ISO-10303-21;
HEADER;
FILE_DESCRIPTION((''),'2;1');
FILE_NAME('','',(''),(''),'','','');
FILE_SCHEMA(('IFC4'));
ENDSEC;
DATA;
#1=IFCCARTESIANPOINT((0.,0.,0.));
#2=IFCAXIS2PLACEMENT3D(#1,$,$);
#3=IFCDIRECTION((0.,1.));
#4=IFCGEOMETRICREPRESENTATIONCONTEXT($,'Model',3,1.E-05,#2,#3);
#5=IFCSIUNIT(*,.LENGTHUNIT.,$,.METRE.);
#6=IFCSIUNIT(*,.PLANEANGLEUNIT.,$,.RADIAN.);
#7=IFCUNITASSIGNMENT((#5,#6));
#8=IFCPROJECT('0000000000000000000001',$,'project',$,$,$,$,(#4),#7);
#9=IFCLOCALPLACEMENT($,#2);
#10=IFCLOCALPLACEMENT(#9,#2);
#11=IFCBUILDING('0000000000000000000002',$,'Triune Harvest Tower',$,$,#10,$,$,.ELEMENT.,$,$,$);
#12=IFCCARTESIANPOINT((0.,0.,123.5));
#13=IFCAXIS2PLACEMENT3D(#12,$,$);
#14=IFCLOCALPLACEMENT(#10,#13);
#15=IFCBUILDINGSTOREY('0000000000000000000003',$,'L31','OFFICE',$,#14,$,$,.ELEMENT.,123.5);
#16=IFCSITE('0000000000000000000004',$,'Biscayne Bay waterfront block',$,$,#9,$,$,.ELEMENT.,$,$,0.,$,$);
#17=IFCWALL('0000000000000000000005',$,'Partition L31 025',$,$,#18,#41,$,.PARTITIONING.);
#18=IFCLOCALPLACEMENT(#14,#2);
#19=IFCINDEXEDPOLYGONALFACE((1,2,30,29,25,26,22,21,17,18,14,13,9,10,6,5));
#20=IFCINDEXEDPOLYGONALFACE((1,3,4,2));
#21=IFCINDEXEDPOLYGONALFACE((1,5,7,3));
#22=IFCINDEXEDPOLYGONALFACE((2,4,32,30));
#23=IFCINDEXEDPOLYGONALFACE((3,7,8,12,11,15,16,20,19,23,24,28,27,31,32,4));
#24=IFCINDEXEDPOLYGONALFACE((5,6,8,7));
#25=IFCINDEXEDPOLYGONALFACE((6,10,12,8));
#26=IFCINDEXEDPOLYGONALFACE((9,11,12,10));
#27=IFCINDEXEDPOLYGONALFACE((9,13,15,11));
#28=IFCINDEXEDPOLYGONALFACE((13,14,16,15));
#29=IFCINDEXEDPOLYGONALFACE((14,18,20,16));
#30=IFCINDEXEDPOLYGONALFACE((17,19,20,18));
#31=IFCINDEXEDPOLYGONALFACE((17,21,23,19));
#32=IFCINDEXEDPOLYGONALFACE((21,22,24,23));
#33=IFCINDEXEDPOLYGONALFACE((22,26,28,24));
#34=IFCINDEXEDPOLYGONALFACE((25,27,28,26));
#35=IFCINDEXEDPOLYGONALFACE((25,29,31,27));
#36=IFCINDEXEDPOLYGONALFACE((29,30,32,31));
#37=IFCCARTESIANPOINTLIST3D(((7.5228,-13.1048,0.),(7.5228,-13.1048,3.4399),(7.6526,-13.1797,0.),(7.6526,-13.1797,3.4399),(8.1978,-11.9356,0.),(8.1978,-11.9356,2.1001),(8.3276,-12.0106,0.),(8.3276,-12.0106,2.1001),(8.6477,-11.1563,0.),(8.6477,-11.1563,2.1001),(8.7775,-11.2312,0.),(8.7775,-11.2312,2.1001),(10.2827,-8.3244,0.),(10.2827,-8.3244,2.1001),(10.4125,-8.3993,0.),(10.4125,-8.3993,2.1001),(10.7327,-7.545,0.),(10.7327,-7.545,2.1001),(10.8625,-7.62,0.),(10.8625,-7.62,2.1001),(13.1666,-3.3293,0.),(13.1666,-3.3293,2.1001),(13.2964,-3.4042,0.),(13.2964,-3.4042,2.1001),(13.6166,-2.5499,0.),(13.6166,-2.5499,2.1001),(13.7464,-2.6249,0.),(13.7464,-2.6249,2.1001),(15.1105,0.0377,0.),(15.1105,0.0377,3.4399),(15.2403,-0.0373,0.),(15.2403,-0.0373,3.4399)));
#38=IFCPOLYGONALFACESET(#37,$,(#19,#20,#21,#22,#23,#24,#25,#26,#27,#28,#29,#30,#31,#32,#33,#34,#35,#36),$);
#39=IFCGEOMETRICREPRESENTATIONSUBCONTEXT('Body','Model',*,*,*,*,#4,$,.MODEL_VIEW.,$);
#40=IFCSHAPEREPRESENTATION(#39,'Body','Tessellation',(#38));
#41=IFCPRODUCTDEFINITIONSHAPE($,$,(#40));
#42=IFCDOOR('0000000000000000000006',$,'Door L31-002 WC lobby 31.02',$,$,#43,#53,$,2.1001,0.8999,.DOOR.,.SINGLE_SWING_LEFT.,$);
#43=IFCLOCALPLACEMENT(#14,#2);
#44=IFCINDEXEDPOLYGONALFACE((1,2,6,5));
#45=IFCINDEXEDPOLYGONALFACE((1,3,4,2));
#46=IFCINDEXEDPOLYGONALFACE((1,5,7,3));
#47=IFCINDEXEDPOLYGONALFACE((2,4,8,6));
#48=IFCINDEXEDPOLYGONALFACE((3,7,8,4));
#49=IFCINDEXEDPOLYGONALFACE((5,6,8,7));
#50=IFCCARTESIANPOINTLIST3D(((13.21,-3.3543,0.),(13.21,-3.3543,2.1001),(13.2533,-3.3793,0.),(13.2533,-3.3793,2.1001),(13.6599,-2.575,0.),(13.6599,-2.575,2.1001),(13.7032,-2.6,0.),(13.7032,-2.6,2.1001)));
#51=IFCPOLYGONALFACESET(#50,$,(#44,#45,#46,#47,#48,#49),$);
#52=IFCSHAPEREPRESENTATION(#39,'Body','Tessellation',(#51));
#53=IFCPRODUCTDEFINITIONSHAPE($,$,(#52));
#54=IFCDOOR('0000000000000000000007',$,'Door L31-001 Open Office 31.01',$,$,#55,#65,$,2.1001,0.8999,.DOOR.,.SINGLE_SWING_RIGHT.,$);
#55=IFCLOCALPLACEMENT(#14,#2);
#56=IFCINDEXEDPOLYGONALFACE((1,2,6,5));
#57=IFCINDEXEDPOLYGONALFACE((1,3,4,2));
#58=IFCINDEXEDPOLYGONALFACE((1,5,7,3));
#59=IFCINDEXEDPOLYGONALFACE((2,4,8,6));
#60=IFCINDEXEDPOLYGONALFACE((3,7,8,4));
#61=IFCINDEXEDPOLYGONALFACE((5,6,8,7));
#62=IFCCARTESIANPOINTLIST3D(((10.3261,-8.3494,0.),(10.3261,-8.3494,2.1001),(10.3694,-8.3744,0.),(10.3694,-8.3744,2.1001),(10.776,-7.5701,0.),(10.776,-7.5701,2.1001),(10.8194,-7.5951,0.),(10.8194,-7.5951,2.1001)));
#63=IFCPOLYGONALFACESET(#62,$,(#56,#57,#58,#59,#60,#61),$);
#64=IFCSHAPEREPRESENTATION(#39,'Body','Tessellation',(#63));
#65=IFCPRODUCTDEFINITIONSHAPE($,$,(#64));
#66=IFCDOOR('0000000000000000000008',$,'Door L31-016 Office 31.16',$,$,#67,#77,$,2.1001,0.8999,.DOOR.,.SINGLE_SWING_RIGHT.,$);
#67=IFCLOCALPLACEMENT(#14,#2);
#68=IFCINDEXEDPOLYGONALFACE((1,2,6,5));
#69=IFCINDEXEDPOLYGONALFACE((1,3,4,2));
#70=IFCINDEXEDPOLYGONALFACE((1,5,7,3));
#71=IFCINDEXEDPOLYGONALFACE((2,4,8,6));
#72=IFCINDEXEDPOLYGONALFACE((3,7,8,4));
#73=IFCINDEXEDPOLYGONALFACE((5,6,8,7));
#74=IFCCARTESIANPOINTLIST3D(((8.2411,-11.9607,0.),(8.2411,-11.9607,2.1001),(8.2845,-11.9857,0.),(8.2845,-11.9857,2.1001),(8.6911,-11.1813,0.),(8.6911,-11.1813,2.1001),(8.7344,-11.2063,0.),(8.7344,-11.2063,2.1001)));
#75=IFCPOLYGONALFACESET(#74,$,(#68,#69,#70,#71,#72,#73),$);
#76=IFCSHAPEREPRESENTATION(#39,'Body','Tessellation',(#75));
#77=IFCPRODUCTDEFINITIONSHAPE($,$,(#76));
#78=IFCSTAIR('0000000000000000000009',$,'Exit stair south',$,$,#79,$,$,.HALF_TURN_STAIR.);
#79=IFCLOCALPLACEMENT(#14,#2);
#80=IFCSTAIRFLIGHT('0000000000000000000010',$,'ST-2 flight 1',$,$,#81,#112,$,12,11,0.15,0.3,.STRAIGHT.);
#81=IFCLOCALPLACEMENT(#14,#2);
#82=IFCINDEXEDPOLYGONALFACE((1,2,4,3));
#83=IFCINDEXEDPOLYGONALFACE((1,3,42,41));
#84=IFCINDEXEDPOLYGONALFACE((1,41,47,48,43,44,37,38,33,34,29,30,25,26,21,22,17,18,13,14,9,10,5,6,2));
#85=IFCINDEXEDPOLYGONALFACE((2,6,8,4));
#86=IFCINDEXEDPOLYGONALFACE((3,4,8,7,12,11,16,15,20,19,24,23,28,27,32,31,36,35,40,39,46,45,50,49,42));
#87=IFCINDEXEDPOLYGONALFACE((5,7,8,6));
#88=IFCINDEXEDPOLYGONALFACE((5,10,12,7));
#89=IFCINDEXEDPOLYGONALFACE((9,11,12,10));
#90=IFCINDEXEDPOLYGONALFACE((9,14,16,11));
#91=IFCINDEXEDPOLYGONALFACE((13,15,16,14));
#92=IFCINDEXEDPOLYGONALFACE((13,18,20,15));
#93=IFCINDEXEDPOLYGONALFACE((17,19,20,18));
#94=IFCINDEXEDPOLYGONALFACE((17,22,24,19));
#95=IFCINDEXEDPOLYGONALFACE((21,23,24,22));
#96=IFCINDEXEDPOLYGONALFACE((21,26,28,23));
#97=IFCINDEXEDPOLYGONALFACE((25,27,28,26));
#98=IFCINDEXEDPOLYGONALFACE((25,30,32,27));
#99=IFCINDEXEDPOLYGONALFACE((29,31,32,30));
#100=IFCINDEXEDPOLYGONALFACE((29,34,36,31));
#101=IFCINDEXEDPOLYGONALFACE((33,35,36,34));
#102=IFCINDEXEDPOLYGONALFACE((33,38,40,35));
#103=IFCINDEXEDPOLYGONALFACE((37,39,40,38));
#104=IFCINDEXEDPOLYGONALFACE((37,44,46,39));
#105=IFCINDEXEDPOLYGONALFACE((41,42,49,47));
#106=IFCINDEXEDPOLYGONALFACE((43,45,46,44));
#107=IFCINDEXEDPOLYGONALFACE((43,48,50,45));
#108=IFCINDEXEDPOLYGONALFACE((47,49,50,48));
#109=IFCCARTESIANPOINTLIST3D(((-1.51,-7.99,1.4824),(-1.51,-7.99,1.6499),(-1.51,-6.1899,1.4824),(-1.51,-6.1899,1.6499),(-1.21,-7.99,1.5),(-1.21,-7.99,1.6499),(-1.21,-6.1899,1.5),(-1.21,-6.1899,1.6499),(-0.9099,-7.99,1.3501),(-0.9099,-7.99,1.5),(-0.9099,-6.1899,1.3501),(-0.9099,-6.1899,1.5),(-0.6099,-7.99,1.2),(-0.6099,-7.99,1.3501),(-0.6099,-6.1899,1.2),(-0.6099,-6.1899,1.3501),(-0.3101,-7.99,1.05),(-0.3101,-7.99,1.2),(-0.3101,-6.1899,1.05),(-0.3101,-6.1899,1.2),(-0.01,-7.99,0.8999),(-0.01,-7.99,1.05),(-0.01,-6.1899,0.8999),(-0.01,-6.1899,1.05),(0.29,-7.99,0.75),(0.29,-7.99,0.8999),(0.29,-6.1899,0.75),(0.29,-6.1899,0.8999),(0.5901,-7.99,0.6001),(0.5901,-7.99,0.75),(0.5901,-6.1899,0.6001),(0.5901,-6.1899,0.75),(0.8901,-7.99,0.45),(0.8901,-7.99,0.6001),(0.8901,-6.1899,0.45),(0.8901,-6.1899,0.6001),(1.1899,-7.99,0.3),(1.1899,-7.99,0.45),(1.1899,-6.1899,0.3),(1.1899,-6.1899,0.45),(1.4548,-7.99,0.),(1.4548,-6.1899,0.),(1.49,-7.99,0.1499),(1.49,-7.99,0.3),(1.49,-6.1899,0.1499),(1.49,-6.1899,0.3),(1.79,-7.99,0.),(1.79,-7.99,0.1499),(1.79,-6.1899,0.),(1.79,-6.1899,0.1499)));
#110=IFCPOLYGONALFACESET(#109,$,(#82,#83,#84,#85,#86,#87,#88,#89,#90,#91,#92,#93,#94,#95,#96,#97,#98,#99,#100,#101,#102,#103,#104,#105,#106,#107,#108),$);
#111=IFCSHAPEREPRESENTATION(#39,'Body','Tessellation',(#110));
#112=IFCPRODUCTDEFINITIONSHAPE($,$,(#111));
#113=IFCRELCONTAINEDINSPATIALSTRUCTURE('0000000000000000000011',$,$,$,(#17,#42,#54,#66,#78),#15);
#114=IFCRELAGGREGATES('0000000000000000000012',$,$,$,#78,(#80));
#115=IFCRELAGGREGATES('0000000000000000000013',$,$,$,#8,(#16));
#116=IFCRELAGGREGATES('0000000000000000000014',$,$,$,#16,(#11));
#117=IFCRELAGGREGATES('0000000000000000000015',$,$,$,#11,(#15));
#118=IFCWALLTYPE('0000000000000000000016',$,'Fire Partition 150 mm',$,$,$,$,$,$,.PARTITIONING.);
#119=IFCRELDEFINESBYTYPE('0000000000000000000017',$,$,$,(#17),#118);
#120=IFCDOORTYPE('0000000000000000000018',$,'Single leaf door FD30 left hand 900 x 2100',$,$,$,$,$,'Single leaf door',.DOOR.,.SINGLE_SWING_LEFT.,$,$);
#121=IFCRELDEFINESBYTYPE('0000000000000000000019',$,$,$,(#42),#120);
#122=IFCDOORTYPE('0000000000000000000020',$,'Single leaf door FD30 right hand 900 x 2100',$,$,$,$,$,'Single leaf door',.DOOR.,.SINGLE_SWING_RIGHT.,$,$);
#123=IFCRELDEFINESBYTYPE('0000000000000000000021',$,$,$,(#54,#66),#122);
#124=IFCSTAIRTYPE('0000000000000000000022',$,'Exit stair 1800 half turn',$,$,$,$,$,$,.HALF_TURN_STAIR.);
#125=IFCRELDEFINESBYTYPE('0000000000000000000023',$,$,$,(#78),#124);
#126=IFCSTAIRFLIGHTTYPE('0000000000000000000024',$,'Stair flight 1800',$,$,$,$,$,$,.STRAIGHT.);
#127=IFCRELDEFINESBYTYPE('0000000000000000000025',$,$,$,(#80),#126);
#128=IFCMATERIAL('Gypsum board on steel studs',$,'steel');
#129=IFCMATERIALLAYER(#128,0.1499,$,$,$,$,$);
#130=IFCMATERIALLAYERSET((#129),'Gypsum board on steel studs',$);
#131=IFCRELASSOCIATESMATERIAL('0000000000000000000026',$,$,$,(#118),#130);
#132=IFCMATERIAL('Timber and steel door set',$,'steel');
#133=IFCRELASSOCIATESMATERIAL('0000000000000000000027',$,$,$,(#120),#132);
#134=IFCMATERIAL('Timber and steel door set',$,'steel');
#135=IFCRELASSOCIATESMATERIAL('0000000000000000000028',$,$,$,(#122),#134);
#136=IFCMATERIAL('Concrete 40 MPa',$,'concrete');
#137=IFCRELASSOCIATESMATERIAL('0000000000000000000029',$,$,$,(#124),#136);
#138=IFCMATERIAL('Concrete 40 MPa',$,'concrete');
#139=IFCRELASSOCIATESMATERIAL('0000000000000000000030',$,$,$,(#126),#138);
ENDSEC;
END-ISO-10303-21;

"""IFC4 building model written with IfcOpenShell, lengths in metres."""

from ifc_helpers import new_model, si_unit, direction, frame, frame_2d, origin, place, context, subcontext, project, spatial, polyline, rectangle, outline, extrude, source, transform, mapped, material, layer, layer_set, type_object, element, fill, aggregate, save


model = new_model("IFC4")

# Units and contexts
model_context = context("Model", 3, precision=1e-05, world=origin(), true_north=direction((0.0, 1.0)))
body_context = subcontext(model_context, "Body", "Model", "MODEL_VIEW")
ifc_project = project(units=[si_unit("LENGTHUNIT", "METRE"), si_unit("PLANEANGLEUNIT", "RADIAN")], contexts=[model_context])

# Site, building, storey
site_placement = place(None, origin())
site = spatial("IfcSite", under=ifc_project, at=site_placement, Name="Biscayne Bay waterfront block", CompositionType="ELEMENT", RefElevation=0.0)
building_placement = place(site_placement, origin())
building = spatial("IfcBuilding", under=site, at=building_placement, Name="Triune Harvest Tower", CompositionType="ELEMENT")
storey_placement = place(building_placement, frame((0.0, 0.0, 123.5)))
storey = spatial("IfcBuildingStorey", under=building, at=storey_placement, Name="L31", Description="OFFICE", CompositionType="ELEMENT", Elevation=123.5)

# Wall, openings, doors
ifc_material_1 = material(Name="Gypsum board on steel studs", Category="steel")
ifc_layer_1 = layer(ifc_material_1, 0.1499)
ifc_layer_set_1 = layer_set([ifc_layer_1], Name="Gypsum board on steel studs")
wall_type_1 = type_object("IfcWallType", Name="Fire Partition 150 mm", PredefinedType="PARTITIONING", material=ifc_layer_set_1)
shared_shape_1 = source(origin(), body_context, "Body", "SweptSolid", [
    extrude(rectangle(XDim=15.1755, YDim=0.1499, at=frame_2d((7.5879, 0.0))), origin(), (0.0, 0.0, 1.0), 3.4399),
])
wall_1_placement = place(storey_placement, frame((7.5876, -13.1423, 0.0), z_axis=(0.0, 0.0, 1.0), x_axis=(0.499996, 0.866028, 0.0)))
wall_1 = element("IfcWall", 1, at=wall_1_placement, inside=storey, type_object=wall_type_1, Name="Partition L31 025", PredefinedType="PARTITIONING", context=body_context, shape_type="MappedRepresentation", body=[
    mapped(shared_shape_1, transform((0.0, 0.0, 0.0), scale=1.0)),
])
opening_1_placement = place(wall_1_placement, frame((5.52, 0.0, 0.0)))
opening_1 = element("IfcOpeningElement", 2, at=opening_1_placement, cuts=wall_1, PredefinedType="OPENING", context=body_context, shape_type="SweptSolid", body=[
    extrude(rectangle(XDim=0.8999, YDim=2.1001, at=frame_2d((0.45, 1.05))), frame((0.0, 0.085, 0.0), z_axis=(0.0, -1.0, 0.0), x_axis=(1.0, 0.0, 0.0)), (0.0, 0.0, 1.0), 0.1699),
])
opening_2_placement = place(wall_1_placement, frame((11.2878, 0.0, 0.0)))
opening_2 = element("IfcOpeningElement", 3, at=opening_2_placement, cuts=wall_1, PredefinedType="OPENING", context=body_context, shape_type="SweptSolid", body=[
    extrude(rectangle(XDim=0.8999, YDim=2.1001, at=frame_2d((0.45, 1.05))), frame((0.0, 0.085, 0.0), z_axis=(0.0, -1.0, 0.0), x_axis=(1.0, 0.0, 0.0)), (0.0, 0.0, 1.0), 0.1699),
])
opening_3_placement = place(wall_1_placement, frame((1.3501, 0.0, 0.0)))
opening_3 = element("IfcOpeningElement", 4, at=opening_3_placement, cuts=wall_1, PredefinedType="OPENING", context=body_context, shape_type="SweptSolid", body=[
    extrude(rectangle(XDim=0.8999, YDim=2.1001, at=frame_2d((0.45, 1.05))), frame((0.0, 0.085, 0.0), z_axis=(0.0, -1.0, 0.0), x_axis=(1.0, 0.0, 0.0)), (0.0, 0.0, 1.0), 0.1699),
])
ifc_material_2 = material(Name="Timber and steel door set", Category="steel")
door_type_1 = type_object("IfcDoorType", Name="Single leaf door FD30 left hand 900 x 2100", ElementType="Single leaf door", OperationType="SINGLE_SWING_LEFT", PredefinedType="DOOR", material=ifc_material_2)
door_1_placement = place(opening_2_placement, origin())
door_1 = element("IfcDoor", 5, at=door_1_placement, inside=storey, type_object=door_type_1, Name="Door L31-002 WC lobby 31.02", OperationType="SINGLE_SWING_LEFT", OverallHeight=2.1001, OverallWidth=0.8999, PredefinedType="DOOR", context=body_context, shape_type="SweptSolid", body=[
    extrude(rectangle(XDim=0.8999, YDim=2.1001, at=frame_2d((0.45, 1.05))), frame((0.0, 0.0249, 0.0), z_axis=(0.0, -1.0, 0.0), x_axis=(1.0, 0.0, 0.0)), (0.0, 0.0, 1.0), 0.05),
])
fill(opening_2, door_1)
ifc_material_3 = material(Name="Timber and steel door set", Category="steel")
door_type_2 = type_object("IfcDoorType", Name="Single leaf door FD30 right hand 900 x 2100", ElementType="Single leaf door", OperationType="SINGLE_SWING_RIGHT", PredefinedType="DOOR", material=ifc_material_3)
door_2_placement = place(opening_1_placement, origin())
door_2 = element("IfcDoor", 6, at=door_2_placement, inside=storey, type_object=door_type_2, Name="Door L31-001 Open Office 31.01", OperationType="SINGLE_SWING_RIGHT", OverallHeight=2.1001, OverallWidth=0.8999, PredefinedType="DOOR", context=body_context, shape_type="SweptSolid", body=[
    extrude(rectangle(XDim=0.8999, YDim=2.1001, at=frame_2d((0.45, 1.05))), frame((0.0, 0.0249, 0.0), z_axis=(0.0, -1.0, 0.0), x_axis=(1.0, 0.0, 0.0)), (0.0, 0.0, 1.0), 0.05),
])
fill(opening_1, door_2)
door_3_placement = place(opening_3_placement, origin())
door_3 = element("IfcDoor", 7, at=door_3_placement, inside=storey, type_object=door_type_2, Name="Door L31-016 Office 31.16", OperationType="SINGLE_SWING_RIGHT", OverallHeight=2.1001, OverallWidth=0.8999, PredefinedType="DOOR", context=body_context, shape_type="SweptSolid", body=[
    extrude(rectangle(XDim=0.8999, YDim=2.1001, at=frame_2d((0.45, 1.05))), frame((0.0, 0.0249, 0.0), z_axis=(0.0, -1.0, 0.0), x_axis=(1.0, 0.0, 0.0)), (0.0, 0.0, 1.0), 0.05),
])
fill(opening_3, door_3)

# Stair, stair flight
ifc_material_4 = material(Name="Concrete 40 MPa", Category="concrete")
stair_type = type_object("IfcStairType", Name="Exit stair 1800 half turn", PredefinedType="HALF_TURN_STAIR", material=ifc_material_4)
stair_placement = place(storey_placement, origin())
stair = element("IfcStair", 8, at=stair_placement, inside=storey, type_object=stair_type, Name="Exit stair south", PredefinedType="HALF_TURN_STAIR")
ifc_material_5 = material(Name="Concrete 40 MPa", Category="concrete")
stair_flight_type = type_object("IfcStairFlightType", Name="Stair flight 1800", PredefinedType="STRAIGHT", material=ifc_material_5)
shared_shape_2 = source(origin(), body_context, "Body", "SweptSolid", [
    extrude(outline(polyline([(0.0, 0.0), (0.0, 0.1499), (0.3, 0.1499), (0.3, 0.3), (0.6001, 0.3), (0.6001, 0.45), (0.8999, 0.45), (0.8999, 0.6001), (1.2, 0.6001), (1.2, 0.75), (1.5, 0.75), (1.5, 0.8999), (1.8, 0.8999), (1.8, 1.05), (2.1001, 1.05), (2.1001, 1.2), (2.3999, 1.2), (2.3999, 1.3501), (2.7, 1.3501), (2.7, 1.5), (3.0, 1.5), (3.0, 1.6499), (3.3, 1.6499), (3.3, 1.8), (3.3, 1.4824), (0.3352, 0.0), (0.0, 0.0)])), frame((0.0, 0.8999, 0.0), z_axis=(0.0, -1.0, 0.0), x_axis=(1.0, 0.0, 0.0)), (0.0, 0.0, 1.0), 1.8),
])
stair_flight_placement = place(storey_placement, frame((1.79, -7.0901, 0.0), z_axis=(0.0, 0.0, 1.0), x_axis=(-1.0, 0.0, 0.0)))
stair_flight = element("IfcStairFlight", 9, at=stair_flight_placement, type_object=stair_flight_type, Name="ST-2 flight 1", NumberOfRisers=12, NumberOfTreads=11, PredefinedType="STRAIGHT", RiserHeight=0.15, TreadLength=0.3, context=body_context, shape_type="MappedRepresentation", body=[
    mapped(shared_shape_2, transform((0.0, 0.0, 0.0), scale=1.0)),
])
aggregate(stair, [stair_flight])

save(model, "model.ifc")
